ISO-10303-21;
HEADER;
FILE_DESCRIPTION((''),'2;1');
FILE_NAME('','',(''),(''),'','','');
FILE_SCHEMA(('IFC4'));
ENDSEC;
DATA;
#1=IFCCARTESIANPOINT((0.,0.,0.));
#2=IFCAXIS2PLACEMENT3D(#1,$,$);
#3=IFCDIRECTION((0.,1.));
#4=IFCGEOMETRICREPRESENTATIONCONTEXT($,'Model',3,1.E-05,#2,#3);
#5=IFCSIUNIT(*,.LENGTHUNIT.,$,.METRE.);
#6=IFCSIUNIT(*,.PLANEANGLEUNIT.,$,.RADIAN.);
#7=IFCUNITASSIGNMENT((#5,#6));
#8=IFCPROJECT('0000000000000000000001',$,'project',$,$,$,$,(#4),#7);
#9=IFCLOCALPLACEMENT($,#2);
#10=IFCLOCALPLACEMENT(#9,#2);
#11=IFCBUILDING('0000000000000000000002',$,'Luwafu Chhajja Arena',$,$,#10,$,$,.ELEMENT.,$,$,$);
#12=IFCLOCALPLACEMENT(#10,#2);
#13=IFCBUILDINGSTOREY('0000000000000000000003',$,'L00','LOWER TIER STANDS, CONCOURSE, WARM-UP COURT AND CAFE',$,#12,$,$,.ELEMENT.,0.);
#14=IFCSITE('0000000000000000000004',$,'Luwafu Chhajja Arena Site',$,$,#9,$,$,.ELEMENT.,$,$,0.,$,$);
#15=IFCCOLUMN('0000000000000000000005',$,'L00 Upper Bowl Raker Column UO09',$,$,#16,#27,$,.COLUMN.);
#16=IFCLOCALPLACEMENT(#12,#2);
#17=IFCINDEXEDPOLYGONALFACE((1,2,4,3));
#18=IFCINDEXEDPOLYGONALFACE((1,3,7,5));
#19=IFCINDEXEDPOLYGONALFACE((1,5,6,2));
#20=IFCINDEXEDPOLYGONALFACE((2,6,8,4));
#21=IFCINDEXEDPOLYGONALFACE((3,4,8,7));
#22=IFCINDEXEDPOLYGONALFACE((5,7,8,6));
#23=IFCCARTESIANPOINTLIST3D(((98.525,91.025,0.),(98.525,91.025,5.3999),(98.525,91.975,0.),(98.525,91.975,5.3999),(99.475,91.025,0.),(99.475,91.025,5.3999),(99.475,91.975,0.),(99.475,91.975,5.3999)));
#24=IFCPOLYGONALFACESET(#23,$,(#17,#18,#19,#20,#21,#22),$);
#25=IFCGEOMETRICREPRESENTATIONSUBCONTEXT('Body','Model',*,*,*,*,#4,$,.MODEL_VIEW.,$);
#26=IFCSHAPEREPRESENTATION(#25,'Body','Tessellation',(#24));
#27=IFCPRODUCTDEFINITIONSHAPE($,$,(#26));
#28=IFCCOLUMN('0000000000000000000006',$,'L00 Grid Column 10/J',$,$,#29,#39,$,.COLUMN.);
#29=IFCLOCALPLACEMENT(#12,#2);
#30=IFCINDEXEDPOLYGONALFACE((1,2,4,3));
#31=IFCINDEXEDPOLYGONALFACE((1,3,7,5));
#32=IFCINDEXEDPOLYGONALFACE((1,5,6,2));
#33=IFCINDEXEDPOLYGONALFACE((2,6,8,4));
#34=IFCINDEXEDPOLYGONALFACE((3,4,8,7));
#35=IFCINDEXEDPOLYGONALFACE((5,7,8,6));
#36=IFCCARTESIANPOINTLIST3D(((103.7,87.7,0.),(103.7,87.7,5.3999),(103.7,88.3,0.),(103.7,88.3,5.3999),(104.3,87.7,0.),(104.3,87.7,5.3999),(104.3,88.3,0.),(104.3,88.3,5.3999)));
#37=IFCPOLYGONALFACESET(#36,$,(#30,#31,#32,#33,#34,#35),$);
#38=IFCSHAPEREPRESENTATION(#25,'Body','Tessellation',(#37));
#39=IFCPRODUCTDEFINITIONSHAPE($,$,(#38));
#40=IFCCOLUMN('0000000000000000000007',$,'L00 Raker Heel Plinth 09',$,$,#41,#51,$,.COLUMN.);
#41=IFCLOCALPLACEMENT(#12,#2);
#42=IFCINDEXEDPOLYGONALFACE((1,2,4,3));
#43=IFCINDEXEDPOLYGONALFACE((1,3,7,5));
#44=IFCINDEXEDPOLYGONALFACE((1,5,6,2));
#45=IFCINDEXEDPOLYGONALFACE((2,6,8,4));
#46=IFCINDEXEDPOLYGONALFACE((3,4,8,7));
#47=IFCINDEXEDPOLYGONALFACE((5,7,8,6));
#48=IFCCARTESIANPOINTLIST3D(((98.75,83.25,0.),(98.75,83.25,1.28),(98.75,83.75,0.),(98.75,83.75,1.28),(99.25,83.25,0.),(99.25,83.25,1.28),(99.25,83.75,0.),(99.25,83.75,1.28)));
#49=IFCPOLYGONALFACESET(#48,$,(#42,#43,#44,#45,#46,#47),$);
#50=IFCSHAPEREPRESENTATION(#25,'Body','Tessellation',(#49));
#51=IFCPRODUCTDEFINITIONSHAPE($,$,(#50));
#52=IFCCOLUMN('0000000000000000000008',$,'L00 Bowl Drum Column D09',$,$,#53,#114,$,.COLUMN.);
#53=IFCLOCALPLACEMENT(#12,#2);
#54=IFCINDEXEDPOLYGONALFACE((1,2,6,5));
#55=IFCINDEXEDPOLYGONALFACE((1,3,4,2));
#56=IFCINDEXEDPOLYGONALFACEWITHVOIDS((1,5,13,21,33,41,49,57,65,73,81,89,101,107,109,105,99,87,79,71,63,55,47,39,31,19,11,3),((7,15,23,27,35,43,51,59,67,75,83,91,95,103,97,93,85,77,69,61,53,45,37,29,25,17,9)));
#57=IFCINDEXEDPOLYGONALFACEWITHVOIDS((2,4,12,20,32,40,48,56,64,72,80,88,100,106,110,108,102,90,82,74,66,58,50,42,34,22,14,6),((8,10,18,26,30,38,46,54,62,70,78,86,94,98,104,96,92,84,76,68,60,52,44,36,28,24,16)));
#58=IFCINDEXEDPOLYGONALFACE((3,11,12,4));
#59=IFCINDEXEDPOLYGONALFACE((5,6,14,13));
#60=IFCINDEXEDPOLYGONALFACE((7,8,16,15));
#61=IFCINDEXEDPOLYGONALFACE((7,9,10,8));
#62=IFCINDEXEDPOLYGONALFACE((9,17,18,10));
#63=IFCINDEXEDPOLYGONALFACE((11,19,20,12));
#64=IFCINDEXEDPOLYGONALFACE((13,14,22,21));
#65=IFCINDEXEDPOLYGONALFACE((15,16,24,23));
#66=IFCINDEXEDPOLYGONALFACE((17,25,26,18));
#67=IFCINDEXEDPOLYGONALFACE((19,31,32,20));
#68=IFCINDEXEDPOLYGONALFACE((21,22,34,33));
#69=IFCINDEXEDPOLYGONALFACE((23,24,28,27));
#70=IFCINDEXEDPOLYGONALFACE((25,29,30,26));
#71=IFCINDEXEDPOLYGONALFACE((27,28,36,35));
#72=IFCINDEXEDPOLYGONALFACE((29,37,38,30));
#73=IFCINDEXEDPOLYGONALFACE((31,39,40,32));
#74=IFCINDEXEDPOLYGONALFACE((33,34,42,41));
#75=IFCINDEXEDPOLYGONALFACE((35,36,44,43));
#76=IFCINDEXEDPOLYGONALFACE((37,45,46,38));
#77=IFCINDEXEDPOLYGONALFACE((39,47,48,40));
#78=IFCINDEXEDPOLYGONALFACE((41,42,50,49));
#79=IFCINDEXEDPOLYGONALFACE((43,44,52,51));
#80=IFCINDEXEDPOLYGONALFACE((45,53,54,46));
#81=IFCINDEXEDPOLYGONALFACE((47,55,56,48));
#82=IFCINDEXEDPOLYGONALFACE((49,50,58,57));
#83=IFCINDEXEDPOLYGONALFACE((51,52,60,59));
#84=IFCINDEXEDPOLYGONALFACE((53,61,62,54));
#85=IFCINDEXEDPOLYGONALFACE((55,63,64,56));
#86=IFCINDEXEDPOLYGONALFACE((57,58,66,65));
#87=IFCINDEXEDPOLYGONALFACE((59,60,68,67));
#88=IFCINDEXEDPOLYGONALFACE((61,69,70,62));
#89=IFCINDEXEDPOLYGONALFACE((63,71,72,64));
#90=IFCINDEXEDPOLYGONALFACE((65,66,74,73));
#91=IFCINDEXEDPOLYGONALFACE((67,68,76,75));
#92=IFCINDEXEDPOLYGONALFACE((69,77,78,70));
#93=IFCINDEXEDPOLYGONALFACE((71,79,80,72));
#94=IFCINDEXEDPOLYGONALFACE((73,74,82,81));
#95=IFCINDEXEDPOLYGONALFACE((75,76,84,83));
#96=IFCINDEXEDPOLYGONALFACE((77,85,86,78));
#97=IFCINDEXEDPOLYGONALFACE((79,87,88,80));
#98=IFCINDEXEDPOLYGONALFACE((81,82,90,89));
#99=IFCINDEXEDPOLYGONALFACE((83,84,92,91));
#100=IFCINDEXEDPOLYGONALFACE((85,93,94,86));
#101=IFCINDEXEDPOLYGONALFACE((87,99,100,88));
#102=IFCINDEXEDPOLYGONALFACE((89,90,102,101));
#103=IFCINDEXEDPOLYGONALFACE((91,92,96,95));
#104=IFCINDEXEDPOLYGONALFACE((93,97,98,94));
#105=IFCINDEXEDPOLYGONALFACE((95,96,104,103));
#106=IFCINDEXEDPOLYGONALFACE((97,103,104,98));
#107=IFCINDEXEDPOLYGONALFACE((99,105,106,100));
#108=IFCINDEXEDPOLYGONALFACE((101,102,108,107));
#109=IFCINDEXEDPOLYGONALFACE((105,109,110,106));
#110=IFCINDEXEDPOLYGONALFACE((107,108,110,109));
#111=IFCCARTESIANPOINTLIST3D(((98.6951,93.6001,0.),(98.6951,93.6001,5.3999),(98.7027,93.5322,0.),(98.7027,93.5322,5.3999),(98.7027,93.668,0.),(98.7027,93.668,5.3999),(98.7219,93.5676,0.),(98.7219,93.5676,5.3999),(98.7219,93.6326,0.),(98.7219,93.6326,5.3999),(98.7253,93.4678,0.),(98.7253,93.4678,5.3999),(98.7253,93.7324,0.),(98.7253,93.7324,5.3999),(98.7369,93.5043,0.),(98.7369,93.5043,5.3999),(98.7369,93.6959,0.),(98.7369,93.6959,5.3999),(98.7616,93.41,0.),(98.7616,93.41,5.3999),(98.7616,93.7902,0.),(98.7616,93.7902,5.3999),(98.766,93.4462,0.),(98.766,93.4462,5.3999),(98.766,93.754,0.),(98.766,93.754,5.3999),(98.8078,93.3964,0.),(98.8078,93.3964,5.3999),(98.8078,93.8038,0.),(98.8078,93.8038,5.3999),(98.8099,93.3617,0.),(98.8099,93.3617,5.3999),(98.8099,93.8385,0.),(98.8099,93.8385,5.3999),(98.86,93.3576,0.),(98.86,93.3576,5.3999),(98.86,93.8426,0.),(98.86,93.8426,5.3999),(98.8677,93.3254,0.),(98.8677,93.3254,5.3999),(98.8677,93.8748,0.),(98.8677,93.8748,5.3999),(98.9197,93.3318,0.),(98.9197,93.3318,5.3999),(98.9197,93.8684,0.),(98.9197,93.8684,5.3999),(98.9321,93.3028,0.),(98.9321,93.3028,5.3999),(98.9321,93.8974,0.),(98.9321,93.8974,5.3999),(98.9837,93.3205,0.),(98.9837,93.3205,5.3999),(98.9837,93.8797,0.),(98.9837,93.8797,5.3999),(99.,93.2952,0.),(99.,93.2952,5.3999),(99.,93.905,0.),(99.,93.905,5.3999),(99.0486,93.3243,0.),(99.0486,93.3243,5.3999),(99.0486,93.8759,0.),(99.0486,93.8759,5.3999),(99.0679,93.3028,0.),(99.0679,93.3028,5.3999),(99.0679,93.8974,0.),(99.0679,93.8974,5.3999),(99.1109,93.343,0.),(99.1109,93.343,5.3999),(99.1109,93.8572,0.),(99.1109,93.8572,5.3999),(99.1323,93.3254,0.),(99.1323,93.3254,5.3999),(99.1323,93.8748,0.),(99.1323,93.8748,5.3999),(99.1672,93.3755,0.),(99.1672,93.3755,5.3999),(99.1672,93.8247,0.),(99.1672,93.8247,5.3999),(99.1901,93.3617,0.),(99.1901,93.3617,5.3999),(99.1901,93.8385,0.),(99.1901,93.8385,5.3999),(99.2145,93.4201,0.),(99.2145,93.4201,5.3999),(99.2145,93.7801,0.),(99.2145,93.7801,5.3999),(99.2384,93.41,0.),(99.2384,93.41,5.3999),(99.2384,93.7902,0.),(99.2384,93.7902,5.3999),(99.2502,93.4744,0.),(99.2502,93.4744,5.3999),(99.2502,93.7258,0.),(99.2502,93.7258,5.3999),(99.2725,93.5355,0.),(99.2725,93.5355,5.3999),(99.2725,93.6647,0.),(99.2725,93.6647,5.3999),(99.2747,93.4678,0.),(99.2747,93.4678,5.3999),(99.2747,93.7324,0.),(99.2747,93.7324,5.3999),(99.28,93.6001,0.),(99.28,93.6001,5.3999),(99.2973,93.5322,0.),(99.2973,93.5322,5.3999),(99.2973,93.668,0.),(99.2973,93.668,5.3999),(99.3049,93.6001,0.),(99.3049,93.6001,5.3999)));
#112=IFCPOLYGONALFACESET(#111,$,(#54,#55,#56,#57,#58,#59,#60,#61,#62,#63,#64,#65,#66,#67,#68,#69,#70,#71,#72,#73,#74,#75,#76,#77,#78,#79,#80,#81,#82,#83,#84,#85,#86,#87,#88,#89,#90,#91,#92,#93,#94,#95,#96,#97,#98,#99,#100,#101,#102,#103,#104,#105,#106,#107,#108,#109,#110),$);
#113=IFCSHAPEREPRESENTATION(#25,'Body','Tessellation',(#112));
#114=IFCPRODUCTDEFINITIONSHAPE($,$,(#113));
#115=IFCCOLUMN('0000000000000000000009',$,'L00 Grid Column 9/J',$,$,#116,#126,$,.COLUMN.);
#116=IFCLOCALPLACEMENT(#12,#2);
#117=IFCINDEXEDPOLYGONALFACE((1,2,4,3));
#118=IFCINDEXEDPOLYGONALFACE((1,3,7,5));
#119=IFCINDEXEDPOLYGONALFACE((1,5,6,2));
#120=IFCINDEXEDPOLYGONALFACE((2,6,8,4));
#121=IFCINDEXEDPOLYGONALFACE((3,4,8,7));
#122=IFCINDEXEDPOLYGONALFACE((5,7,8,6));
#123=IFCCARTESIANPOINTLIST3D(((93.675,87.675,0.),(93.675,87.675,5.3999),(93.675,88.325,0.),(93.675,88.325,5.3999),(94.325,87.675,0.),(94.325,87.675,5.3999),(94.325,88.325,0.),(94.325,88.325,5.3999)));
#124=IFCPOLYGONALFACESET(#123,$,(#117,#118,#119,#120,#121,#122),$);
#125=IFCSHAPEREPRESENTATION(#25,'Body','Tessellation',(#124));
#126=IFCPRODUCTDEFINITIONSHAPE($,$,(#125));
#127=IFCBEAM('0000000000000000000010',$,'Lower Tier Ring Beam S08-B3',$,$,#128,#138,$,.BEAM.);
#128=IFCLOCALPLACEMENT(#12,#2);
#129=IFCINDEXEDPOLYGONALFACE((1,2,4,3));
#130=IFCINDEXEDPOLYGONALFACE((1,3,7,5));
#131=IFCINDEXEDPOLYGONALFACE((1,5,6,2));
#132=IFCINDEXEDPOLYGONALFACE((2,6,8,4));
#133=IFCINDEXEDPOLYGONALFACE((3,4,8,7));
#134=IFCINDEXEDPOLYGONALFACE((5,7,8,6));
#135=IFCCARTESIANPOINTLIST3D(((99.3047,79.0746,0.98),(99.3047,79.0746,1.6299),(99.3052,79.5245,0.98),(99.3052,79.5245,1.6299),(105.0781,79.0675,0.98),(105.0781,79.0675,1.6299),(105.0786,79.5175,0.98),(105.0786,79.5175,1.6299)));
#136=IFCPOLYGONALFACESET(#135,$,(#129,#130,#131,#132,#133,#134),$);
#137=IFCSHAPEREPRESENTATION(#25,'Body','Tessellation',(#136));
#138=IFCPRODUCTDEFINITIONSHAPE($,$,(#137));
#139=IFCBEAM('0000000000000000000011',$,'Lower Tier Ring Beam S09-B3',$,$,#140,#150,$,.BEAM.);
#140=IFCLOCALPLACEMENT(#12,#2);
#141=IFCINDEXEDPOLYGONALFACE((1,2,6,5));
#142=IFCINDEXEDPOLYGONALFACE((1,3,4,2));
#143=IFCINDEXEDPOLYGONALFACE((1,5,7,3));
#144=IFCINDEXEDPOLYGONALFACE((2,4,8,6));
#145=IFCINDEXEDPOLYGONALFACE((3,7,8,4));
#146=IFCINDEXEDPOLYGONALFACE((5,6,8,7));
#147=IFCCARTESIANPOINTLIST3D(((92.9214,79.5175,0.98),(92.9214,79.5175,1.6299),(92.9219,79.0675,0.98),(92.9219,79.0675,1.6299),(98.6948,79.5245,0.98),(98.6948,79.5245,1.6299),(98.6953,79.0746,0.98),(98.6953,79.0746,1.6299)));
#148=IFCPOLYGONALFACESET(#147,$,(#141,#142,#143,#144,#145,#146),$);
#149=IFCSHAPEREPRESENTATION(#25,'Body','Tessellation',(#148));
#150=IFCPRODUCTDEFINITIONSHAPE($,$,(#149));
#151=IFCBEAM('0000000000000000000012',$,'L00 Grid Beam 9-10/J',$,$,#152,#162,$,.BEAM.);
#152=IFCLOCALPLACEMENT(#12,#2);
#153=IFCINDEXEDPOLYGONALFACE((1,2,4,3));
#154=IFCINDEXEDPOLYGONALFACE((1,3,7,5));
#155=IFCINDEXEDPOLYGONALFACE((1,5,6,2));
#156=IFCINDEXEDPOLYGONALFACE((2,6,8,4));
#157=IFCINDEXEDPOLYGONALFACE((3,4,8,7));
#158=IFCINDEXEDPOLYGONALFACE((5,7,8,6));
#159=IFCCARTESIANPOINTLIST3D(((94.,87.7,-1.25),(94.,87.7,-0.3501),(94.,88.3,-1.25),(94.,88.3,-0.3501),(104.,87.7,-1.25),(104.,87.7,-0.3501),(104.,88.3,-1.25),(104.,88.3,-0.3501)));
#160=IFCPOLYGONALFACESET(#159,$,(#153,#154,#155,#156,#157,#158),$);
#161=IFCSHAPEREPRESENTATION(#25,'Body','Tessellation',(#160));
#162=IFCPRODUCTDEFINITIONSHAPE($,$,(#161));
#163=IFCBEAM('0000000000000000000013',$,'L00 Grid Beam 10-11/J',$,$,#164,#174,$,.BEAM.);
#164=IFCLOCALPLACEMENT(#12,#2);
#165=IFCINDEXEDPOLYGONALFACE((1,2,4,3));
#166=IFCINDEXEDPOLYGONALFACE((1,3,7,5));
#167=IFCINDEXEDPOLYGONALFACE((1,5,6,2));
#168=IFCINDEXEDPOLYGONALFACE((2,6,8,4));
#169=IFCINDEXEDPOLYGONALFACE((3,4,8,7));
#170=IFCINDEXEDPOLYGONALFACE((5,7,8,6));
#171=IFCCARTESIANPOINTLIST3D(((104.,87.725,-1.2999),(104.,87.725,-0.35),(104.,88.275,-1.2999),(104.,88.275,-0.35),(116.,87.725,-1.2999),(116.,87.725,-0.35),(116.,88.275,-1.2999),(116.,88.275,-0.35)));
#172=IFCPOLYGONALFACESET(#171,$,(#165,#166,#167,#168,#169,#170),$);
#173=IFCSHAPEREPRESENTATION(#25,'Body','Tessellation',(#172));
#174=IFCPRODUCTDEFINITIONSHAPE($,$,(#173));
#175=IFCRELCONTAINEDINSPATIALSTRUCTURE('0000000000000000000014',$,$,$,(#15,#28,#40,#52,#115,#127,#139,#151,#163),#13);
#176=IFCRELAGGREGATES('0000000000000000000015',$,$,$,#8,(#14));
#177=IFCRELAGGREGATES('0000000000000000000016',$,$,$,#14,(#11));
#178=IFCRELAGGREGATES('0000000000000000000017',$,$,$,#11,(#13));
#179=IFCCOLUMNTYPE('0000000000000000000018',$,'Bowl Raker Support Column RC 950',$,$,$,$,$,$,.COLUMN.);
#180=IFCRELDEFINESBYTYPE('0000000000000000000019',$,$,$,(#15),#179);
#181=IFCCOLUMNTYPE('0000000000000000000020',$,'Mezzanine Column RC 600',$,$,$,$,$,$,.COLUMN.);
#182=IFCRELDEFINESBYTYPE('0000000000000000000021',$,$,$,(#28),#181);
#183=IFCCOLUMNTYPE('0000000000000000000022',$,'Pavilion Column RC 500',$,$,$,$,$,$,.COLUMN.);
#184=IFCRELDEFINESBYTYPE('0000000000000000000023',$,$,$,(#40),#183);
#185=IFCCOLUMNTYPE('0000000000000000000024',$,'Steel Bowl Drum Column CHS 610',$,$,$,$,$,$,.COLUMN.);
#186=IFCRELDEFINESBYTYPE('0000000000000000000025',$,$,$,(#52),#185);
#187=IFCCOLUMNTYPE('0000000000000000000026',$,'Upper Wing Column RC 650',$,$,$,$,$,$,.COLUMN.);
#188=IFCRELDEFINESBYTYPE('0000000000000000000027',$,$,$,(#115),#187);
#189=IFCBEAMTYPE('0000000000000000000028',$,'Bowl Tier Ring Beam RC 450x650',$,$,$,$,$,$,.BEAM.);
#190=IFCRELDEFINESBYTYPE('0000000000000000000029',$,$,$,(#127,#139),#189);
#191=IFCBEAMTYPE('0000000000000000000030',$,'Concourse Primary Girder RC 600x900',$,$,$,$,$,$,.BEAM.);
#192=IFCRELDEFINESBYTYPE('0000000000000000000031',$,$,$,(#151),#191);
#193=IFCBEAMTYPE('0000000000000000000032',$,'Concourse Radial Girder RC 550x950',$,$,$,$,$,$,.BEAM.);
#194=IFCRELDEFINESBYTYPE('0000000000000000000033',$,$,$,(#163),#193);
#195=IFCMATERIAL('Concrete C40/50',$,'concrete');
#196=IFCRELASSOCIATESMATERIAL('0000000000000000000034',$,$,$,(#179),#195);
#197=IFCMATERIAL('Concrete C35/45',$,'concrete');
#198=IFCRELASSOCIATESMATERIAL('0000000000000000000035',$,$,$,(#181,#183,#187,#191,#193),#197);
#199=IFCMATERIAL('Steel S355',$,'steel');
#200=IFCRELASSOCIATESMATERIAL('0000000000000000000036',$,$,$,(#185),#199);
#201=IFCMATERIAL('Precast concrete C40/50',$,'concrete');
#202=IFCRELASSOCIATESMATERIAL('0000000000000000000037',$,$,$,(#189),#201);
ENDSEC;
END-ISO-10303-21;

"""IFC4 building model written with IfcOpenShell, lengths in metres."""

from ifc_helpers import new_model, si_unit, direction, frame, origin, origin_2d, place, context, subcontext, project, spatial, rectangle, hollow_circle, extrude, material, material_profile, profile_set, type_object, element, save


model = new_model("IFC4")

# Units and contexts
model_context = context("Model", 3, precision=1e-05, world=origin(), true_north=direction((0.0, 1.0)))
body_context = subcontext(model_context, "Body", "Model", "MODEL_VIEW")
ifc_project = project(units=[si_unit("LENGTHUNIT", "METRE"), si_unit("PLANEANGLEUNIT", "RADIAN")], contexts=[model_context])

# Site, building, storey
site_placement = place(None, origin())
site = spatial("IfcSite", under=ifc_project, at=site_placement, Name="Luwafu Chhajja Arena Site", CompositionType="ELEMENT", RefElevation=0.0)
building_placement = place(site_placement, origin())
building = spatial("IfcBuilding", under=site, at=building_placement, Name="Luwafu Chhajja Arena", CompositionType="ELEMENT")
storey_placement = place(building_placement, origin())
storey = spatial("IfcBuildingStorey", under=building, at=storey_placement, Name="L00", Description="LOWER TIER STANDS, CONCOURSE, WARM-UP COURT AND CAFE", CompositionType="ELEMENT", Elevation=0.0)

# Columns
ifc_material_1 = material(Name="Concrete C40/50", Category="concrete")
ifc_material_profile_1 = material_profile(ifc_material_1, rectangle(XDim=0.95, YDim=0.95, at=origin_2d()), Name="RC 950x950")
ifc_profile_set_1 = profile_set([ifc_material_profile_1], Name="Concrete C40/50")
column_type_1 = type_object("IfcColumnType", Name="Bowl Raker Support Column RC 950", PredefinedType="COLUMN", material=ifc_profile_set_1)
column_1_placement = place(storey_placement, frame((99.0, 91.5, 0.0), z_axis=(0.0, 0.0, 1.0), x_axis=(1.0, 0.0, 0.0)))
element("IfcColumn", 1, at=column_1_placement, inside=storey, type_object=column_type_1, Name="L00 Upper Bowl Raker Column UO09", PredefinedType="COLUMN", context=body_context, shape_type="SweptSolid", body=[
    extrude(rectangle(XDim=0.95, YDim=0.95, at=origin_2d()), origin(), (0.0, 0.0, 1.0), 5.3999),
])
ifc_material_2 = material(Name="Concrete C35/45", Category="concrete")
ifc_material_profile_2 = material_profile(ifc_material_2, rectangle(XDim=0.6001, YDim=0.6001, at=origin_2d()), Name="RC 600x600")
ifc_profile_set_2 = profile_set([ifc_material_profile_2], Name="Concrete C35/45")
column_type_2 = type_object("IfcColumnType", Name="Mezzanine Column RC 600", PredefinedType="COLUMN", material=ifc_profile_set_2)
column_2_placement = place(storey_placement, frame((104.0, 88.0, 0.0), z_axis=(0.0, 0.0, 1.0), x_axis=(1.0, 0.0, 0.0)))
element("IfcColumn", 2, at=column_2_placement, inside=storey, type_object=column_type_2, Name="L00 Grid Column 10/J", PredefinedType="COLUMN", context=body_context, shape_type="SweptSolid", body=[
    extrude(rectangle(XDim=0.6001, YDim=0.6001, at=origin_2d()), origin(), (0.0, 0.0, 1.0), 5.3999),
])
ifc_material_profile_3 = material_profile(ifc_material_2, rectangle(XDim=0.5, YDim=0.5, at=origin_2d()), Name="RC 500x500")
ifc_profile_set_3 = profile_set([ifc_material_profile_3], Name="Concrete C35/45")
column_type_3 = type_object("IfcColumnType", Name="Pavilion Column RC 500", PredefinedType="COLUMN", material=ifc_profile_set_3)
column_3_placement = place(storey_placement, frame((99.0, 83.5, 0.0), z_axis=(0.0, 0.0, 1.0), x_axis=(1.0, 0.0, 0.0)))
element("IfcColumn", 3, at=column_3_placement, inside=storey, type_object=column_type_3, Name="L00 Raker Heel Plinth 09", PredefinedType="COLUMN", context=body_context, shape_type="SweptSolid", body=[
    extrude(rectangle(XDim=0.5, YDim=0.5, at=origin_2d()), origin(), (0.0, 0.0, 1.0), 1.28),
])
ifc_material_3 = material(Name="Steel S355", Category="steel")
ifc_material_profile_4 = material_profile(ifc_material_3, hollow_circle(Radius=0.3049, WallThickness=0.0249, at=origin_2d()), Name="CHS 610x25")
ifc_profile_set_4 = profile_set([ifc_material_profile_4], Name="Steel S355")
column_type_4 = type_object("IfcColumnType", Name="Steel Bowl Drum Column CHS 610", PredefinedType="COLUMN", material=ifc_profile_set_4)
column_4_placement = place(storey_placement, frame((99.0, 93.6001, 0.0), z_axis=(0.0, 0.0, 1.0), x_axis=(1.0, 0.0, 0.0)))
element("IfcColumn", 4, at=column_4_placement, inside=storey, type_object=column_type_4, Name="L00 Bowl Drum Column D09", PredefinedType="COLUMN", context=body_context, shape_type="SweptSolid", body=[
    extrude(hollow_circle(Radius=0.3049, WallThickness=0.0249, at=origin_2d()), origin(), (0.0, 0.0, 1.0), 5.3999),
])
ifc_material_profile_5 = material_profile(ifc_material_2, rectangle(XDim=0.6499, YDim=0.6499, at=origin_2d()), Name="RC 650x650")
ifc_profile_set_5 = profile_set([ifc_material_profile_5], Name="Concrete C35/45")
column_type_5 = type_object("IfcColumnType", Name="Upper Wing Column RC 650", PredefinedType="COLUMN", material=ifc_profile_set_5)
column_5_placement = place(storey_placement, frame((94.0, 88.0, 0.0), z_axis=(0.0, 0.0, 1.0), x_axis=(1.0, 0.0, 0.0)))
element("IfcColumn", 5, at=column_5_placement, inside=storey, type_object=column_type_5, Name="L00 Grid Column 9/J", PredefinedType="COLUMN", context=body_context, shape_type="SweptSolid", body=[
    extrude(rectangle(XDim=0.6499, YDim=0.6499, at=origin_2d()), origin(), (0.0, 0.0, 1.0), 5.3999),
])

# Beams
ifc_material_4 = material(Name="Precast concrete C40/50", Category="concrete")
ifc_material_profile_6 = material_profile(ifc_material_4, rectangle(XDim=0.45, YDim=0.6499, at=origin_2d()), Name="RC 450x650")
ifc_profile_set_6 = profile_set([ifc_material_profile_6], Name="Precast concrete C40/50")
beam_type_1 = type_object("IfcBeamType", Name="Bowl Tier Ring Beam RC 450x650", PredefinedType="BEAM", material=ifc_profile_set_6)
for number, where, z_axis, x_axis, name in (
    (6, (105.0784, 79.2925, 1.3049), (-0.999999, 0.001226, 0.0), (-0.001226, -0.999999, 0.0), "Lower Tier Ring Beam S08-B3"),
    (7, (98.6951, 79.2996, 1.3049), (-0.999999, -0.001226, 0.0), (0.001226, -0.999999, 0.0), "Lower Tier Ring Beam S09-B3"),
):
    element("IfcBeam", number, at=place(storey_placement, frame(where, z_axis=z_axis, x_axis=x_axis)), inside=storey, type_object=beam_type_1, Name=name, PredefinedType="BEAM", context=body_context, shape_type="SweptSolid", body=[
        extrude(rectangle(XDim=0.45, YDim=0.6499, at=origin_2d()), origin(), (0.0, 0.0, 1.0), 5.7734),
    ])
ifc_material_profile_7 = material_profile(ifc_material_2, rectangle(XDim=0.6001, YDim=0.8999, at=origin_2d()), Name="RC 600x900")
ifc_profile_set_7 = profile_set([ifc_material_profile_7], Name="Concrete C35/45")
beam_type_2 = type_object("IfcBeamType", Name="Concourse Primary Girder RC 600x900", PredefinedType="BEAM", material=ifc_profile_set_7)
beam_1_placement = place(storey_placement, frame((94.0, 88.0, -0.8), z_axis=(1.0, 0.0, 0.0), x_axis=(0.0, 1.0, 0.0)))
element("IfcBeam", 8, at=beam_1_placement, inside=storey, type_object=beam_type_2, Name="L00 Grid Beam 9-10/J", PredefinedType="BEAM", context=body_context, shape_type="SweptSolid", body=[
    extrude(rectangle(XDim=0.6001, YDim=0.8999, at=origin_2d()), origin(), (0.0, 0.0, 1.0), 10.0),
])
ifc_material_profile_8 = material_profile(ifc_material_2, rectangle(XDim=0.55, YDim=0.95, at=origin_2d()), Name="RC 550x950")
ifc_profile_set_8 = profile_set([ifc_material_profile_8], Name="Concrete C35/45")
beam_type_3 = type_object("IfcBeamType", Name="Concourse Radial Girder RC 550x950", PredefinedType="BEAM", material=ifc_profile_set_8)
beam_2_placement = place(storey_placement, frame((104.0, 88.0, -0.825), z_axis=(1.0, 0.0, 0.0), x_axis=(0.0, 1.0, 0.0)))
element("IfcBeam", 9, at=beam_2_placement, inside=storey, type_object=beam_type_3, Name="L00 Grid Beam 10-11/J", PredefinedType="BEAM", context=body_context, shape_type="SweptSolid", body=[
    extrude(rectangle(XDim=0.55, YDim=0.95, at=origin_2d()), origin(), (0.0, 0.0, 1.0), 12.0),
])

save(model, "model.ifc")
